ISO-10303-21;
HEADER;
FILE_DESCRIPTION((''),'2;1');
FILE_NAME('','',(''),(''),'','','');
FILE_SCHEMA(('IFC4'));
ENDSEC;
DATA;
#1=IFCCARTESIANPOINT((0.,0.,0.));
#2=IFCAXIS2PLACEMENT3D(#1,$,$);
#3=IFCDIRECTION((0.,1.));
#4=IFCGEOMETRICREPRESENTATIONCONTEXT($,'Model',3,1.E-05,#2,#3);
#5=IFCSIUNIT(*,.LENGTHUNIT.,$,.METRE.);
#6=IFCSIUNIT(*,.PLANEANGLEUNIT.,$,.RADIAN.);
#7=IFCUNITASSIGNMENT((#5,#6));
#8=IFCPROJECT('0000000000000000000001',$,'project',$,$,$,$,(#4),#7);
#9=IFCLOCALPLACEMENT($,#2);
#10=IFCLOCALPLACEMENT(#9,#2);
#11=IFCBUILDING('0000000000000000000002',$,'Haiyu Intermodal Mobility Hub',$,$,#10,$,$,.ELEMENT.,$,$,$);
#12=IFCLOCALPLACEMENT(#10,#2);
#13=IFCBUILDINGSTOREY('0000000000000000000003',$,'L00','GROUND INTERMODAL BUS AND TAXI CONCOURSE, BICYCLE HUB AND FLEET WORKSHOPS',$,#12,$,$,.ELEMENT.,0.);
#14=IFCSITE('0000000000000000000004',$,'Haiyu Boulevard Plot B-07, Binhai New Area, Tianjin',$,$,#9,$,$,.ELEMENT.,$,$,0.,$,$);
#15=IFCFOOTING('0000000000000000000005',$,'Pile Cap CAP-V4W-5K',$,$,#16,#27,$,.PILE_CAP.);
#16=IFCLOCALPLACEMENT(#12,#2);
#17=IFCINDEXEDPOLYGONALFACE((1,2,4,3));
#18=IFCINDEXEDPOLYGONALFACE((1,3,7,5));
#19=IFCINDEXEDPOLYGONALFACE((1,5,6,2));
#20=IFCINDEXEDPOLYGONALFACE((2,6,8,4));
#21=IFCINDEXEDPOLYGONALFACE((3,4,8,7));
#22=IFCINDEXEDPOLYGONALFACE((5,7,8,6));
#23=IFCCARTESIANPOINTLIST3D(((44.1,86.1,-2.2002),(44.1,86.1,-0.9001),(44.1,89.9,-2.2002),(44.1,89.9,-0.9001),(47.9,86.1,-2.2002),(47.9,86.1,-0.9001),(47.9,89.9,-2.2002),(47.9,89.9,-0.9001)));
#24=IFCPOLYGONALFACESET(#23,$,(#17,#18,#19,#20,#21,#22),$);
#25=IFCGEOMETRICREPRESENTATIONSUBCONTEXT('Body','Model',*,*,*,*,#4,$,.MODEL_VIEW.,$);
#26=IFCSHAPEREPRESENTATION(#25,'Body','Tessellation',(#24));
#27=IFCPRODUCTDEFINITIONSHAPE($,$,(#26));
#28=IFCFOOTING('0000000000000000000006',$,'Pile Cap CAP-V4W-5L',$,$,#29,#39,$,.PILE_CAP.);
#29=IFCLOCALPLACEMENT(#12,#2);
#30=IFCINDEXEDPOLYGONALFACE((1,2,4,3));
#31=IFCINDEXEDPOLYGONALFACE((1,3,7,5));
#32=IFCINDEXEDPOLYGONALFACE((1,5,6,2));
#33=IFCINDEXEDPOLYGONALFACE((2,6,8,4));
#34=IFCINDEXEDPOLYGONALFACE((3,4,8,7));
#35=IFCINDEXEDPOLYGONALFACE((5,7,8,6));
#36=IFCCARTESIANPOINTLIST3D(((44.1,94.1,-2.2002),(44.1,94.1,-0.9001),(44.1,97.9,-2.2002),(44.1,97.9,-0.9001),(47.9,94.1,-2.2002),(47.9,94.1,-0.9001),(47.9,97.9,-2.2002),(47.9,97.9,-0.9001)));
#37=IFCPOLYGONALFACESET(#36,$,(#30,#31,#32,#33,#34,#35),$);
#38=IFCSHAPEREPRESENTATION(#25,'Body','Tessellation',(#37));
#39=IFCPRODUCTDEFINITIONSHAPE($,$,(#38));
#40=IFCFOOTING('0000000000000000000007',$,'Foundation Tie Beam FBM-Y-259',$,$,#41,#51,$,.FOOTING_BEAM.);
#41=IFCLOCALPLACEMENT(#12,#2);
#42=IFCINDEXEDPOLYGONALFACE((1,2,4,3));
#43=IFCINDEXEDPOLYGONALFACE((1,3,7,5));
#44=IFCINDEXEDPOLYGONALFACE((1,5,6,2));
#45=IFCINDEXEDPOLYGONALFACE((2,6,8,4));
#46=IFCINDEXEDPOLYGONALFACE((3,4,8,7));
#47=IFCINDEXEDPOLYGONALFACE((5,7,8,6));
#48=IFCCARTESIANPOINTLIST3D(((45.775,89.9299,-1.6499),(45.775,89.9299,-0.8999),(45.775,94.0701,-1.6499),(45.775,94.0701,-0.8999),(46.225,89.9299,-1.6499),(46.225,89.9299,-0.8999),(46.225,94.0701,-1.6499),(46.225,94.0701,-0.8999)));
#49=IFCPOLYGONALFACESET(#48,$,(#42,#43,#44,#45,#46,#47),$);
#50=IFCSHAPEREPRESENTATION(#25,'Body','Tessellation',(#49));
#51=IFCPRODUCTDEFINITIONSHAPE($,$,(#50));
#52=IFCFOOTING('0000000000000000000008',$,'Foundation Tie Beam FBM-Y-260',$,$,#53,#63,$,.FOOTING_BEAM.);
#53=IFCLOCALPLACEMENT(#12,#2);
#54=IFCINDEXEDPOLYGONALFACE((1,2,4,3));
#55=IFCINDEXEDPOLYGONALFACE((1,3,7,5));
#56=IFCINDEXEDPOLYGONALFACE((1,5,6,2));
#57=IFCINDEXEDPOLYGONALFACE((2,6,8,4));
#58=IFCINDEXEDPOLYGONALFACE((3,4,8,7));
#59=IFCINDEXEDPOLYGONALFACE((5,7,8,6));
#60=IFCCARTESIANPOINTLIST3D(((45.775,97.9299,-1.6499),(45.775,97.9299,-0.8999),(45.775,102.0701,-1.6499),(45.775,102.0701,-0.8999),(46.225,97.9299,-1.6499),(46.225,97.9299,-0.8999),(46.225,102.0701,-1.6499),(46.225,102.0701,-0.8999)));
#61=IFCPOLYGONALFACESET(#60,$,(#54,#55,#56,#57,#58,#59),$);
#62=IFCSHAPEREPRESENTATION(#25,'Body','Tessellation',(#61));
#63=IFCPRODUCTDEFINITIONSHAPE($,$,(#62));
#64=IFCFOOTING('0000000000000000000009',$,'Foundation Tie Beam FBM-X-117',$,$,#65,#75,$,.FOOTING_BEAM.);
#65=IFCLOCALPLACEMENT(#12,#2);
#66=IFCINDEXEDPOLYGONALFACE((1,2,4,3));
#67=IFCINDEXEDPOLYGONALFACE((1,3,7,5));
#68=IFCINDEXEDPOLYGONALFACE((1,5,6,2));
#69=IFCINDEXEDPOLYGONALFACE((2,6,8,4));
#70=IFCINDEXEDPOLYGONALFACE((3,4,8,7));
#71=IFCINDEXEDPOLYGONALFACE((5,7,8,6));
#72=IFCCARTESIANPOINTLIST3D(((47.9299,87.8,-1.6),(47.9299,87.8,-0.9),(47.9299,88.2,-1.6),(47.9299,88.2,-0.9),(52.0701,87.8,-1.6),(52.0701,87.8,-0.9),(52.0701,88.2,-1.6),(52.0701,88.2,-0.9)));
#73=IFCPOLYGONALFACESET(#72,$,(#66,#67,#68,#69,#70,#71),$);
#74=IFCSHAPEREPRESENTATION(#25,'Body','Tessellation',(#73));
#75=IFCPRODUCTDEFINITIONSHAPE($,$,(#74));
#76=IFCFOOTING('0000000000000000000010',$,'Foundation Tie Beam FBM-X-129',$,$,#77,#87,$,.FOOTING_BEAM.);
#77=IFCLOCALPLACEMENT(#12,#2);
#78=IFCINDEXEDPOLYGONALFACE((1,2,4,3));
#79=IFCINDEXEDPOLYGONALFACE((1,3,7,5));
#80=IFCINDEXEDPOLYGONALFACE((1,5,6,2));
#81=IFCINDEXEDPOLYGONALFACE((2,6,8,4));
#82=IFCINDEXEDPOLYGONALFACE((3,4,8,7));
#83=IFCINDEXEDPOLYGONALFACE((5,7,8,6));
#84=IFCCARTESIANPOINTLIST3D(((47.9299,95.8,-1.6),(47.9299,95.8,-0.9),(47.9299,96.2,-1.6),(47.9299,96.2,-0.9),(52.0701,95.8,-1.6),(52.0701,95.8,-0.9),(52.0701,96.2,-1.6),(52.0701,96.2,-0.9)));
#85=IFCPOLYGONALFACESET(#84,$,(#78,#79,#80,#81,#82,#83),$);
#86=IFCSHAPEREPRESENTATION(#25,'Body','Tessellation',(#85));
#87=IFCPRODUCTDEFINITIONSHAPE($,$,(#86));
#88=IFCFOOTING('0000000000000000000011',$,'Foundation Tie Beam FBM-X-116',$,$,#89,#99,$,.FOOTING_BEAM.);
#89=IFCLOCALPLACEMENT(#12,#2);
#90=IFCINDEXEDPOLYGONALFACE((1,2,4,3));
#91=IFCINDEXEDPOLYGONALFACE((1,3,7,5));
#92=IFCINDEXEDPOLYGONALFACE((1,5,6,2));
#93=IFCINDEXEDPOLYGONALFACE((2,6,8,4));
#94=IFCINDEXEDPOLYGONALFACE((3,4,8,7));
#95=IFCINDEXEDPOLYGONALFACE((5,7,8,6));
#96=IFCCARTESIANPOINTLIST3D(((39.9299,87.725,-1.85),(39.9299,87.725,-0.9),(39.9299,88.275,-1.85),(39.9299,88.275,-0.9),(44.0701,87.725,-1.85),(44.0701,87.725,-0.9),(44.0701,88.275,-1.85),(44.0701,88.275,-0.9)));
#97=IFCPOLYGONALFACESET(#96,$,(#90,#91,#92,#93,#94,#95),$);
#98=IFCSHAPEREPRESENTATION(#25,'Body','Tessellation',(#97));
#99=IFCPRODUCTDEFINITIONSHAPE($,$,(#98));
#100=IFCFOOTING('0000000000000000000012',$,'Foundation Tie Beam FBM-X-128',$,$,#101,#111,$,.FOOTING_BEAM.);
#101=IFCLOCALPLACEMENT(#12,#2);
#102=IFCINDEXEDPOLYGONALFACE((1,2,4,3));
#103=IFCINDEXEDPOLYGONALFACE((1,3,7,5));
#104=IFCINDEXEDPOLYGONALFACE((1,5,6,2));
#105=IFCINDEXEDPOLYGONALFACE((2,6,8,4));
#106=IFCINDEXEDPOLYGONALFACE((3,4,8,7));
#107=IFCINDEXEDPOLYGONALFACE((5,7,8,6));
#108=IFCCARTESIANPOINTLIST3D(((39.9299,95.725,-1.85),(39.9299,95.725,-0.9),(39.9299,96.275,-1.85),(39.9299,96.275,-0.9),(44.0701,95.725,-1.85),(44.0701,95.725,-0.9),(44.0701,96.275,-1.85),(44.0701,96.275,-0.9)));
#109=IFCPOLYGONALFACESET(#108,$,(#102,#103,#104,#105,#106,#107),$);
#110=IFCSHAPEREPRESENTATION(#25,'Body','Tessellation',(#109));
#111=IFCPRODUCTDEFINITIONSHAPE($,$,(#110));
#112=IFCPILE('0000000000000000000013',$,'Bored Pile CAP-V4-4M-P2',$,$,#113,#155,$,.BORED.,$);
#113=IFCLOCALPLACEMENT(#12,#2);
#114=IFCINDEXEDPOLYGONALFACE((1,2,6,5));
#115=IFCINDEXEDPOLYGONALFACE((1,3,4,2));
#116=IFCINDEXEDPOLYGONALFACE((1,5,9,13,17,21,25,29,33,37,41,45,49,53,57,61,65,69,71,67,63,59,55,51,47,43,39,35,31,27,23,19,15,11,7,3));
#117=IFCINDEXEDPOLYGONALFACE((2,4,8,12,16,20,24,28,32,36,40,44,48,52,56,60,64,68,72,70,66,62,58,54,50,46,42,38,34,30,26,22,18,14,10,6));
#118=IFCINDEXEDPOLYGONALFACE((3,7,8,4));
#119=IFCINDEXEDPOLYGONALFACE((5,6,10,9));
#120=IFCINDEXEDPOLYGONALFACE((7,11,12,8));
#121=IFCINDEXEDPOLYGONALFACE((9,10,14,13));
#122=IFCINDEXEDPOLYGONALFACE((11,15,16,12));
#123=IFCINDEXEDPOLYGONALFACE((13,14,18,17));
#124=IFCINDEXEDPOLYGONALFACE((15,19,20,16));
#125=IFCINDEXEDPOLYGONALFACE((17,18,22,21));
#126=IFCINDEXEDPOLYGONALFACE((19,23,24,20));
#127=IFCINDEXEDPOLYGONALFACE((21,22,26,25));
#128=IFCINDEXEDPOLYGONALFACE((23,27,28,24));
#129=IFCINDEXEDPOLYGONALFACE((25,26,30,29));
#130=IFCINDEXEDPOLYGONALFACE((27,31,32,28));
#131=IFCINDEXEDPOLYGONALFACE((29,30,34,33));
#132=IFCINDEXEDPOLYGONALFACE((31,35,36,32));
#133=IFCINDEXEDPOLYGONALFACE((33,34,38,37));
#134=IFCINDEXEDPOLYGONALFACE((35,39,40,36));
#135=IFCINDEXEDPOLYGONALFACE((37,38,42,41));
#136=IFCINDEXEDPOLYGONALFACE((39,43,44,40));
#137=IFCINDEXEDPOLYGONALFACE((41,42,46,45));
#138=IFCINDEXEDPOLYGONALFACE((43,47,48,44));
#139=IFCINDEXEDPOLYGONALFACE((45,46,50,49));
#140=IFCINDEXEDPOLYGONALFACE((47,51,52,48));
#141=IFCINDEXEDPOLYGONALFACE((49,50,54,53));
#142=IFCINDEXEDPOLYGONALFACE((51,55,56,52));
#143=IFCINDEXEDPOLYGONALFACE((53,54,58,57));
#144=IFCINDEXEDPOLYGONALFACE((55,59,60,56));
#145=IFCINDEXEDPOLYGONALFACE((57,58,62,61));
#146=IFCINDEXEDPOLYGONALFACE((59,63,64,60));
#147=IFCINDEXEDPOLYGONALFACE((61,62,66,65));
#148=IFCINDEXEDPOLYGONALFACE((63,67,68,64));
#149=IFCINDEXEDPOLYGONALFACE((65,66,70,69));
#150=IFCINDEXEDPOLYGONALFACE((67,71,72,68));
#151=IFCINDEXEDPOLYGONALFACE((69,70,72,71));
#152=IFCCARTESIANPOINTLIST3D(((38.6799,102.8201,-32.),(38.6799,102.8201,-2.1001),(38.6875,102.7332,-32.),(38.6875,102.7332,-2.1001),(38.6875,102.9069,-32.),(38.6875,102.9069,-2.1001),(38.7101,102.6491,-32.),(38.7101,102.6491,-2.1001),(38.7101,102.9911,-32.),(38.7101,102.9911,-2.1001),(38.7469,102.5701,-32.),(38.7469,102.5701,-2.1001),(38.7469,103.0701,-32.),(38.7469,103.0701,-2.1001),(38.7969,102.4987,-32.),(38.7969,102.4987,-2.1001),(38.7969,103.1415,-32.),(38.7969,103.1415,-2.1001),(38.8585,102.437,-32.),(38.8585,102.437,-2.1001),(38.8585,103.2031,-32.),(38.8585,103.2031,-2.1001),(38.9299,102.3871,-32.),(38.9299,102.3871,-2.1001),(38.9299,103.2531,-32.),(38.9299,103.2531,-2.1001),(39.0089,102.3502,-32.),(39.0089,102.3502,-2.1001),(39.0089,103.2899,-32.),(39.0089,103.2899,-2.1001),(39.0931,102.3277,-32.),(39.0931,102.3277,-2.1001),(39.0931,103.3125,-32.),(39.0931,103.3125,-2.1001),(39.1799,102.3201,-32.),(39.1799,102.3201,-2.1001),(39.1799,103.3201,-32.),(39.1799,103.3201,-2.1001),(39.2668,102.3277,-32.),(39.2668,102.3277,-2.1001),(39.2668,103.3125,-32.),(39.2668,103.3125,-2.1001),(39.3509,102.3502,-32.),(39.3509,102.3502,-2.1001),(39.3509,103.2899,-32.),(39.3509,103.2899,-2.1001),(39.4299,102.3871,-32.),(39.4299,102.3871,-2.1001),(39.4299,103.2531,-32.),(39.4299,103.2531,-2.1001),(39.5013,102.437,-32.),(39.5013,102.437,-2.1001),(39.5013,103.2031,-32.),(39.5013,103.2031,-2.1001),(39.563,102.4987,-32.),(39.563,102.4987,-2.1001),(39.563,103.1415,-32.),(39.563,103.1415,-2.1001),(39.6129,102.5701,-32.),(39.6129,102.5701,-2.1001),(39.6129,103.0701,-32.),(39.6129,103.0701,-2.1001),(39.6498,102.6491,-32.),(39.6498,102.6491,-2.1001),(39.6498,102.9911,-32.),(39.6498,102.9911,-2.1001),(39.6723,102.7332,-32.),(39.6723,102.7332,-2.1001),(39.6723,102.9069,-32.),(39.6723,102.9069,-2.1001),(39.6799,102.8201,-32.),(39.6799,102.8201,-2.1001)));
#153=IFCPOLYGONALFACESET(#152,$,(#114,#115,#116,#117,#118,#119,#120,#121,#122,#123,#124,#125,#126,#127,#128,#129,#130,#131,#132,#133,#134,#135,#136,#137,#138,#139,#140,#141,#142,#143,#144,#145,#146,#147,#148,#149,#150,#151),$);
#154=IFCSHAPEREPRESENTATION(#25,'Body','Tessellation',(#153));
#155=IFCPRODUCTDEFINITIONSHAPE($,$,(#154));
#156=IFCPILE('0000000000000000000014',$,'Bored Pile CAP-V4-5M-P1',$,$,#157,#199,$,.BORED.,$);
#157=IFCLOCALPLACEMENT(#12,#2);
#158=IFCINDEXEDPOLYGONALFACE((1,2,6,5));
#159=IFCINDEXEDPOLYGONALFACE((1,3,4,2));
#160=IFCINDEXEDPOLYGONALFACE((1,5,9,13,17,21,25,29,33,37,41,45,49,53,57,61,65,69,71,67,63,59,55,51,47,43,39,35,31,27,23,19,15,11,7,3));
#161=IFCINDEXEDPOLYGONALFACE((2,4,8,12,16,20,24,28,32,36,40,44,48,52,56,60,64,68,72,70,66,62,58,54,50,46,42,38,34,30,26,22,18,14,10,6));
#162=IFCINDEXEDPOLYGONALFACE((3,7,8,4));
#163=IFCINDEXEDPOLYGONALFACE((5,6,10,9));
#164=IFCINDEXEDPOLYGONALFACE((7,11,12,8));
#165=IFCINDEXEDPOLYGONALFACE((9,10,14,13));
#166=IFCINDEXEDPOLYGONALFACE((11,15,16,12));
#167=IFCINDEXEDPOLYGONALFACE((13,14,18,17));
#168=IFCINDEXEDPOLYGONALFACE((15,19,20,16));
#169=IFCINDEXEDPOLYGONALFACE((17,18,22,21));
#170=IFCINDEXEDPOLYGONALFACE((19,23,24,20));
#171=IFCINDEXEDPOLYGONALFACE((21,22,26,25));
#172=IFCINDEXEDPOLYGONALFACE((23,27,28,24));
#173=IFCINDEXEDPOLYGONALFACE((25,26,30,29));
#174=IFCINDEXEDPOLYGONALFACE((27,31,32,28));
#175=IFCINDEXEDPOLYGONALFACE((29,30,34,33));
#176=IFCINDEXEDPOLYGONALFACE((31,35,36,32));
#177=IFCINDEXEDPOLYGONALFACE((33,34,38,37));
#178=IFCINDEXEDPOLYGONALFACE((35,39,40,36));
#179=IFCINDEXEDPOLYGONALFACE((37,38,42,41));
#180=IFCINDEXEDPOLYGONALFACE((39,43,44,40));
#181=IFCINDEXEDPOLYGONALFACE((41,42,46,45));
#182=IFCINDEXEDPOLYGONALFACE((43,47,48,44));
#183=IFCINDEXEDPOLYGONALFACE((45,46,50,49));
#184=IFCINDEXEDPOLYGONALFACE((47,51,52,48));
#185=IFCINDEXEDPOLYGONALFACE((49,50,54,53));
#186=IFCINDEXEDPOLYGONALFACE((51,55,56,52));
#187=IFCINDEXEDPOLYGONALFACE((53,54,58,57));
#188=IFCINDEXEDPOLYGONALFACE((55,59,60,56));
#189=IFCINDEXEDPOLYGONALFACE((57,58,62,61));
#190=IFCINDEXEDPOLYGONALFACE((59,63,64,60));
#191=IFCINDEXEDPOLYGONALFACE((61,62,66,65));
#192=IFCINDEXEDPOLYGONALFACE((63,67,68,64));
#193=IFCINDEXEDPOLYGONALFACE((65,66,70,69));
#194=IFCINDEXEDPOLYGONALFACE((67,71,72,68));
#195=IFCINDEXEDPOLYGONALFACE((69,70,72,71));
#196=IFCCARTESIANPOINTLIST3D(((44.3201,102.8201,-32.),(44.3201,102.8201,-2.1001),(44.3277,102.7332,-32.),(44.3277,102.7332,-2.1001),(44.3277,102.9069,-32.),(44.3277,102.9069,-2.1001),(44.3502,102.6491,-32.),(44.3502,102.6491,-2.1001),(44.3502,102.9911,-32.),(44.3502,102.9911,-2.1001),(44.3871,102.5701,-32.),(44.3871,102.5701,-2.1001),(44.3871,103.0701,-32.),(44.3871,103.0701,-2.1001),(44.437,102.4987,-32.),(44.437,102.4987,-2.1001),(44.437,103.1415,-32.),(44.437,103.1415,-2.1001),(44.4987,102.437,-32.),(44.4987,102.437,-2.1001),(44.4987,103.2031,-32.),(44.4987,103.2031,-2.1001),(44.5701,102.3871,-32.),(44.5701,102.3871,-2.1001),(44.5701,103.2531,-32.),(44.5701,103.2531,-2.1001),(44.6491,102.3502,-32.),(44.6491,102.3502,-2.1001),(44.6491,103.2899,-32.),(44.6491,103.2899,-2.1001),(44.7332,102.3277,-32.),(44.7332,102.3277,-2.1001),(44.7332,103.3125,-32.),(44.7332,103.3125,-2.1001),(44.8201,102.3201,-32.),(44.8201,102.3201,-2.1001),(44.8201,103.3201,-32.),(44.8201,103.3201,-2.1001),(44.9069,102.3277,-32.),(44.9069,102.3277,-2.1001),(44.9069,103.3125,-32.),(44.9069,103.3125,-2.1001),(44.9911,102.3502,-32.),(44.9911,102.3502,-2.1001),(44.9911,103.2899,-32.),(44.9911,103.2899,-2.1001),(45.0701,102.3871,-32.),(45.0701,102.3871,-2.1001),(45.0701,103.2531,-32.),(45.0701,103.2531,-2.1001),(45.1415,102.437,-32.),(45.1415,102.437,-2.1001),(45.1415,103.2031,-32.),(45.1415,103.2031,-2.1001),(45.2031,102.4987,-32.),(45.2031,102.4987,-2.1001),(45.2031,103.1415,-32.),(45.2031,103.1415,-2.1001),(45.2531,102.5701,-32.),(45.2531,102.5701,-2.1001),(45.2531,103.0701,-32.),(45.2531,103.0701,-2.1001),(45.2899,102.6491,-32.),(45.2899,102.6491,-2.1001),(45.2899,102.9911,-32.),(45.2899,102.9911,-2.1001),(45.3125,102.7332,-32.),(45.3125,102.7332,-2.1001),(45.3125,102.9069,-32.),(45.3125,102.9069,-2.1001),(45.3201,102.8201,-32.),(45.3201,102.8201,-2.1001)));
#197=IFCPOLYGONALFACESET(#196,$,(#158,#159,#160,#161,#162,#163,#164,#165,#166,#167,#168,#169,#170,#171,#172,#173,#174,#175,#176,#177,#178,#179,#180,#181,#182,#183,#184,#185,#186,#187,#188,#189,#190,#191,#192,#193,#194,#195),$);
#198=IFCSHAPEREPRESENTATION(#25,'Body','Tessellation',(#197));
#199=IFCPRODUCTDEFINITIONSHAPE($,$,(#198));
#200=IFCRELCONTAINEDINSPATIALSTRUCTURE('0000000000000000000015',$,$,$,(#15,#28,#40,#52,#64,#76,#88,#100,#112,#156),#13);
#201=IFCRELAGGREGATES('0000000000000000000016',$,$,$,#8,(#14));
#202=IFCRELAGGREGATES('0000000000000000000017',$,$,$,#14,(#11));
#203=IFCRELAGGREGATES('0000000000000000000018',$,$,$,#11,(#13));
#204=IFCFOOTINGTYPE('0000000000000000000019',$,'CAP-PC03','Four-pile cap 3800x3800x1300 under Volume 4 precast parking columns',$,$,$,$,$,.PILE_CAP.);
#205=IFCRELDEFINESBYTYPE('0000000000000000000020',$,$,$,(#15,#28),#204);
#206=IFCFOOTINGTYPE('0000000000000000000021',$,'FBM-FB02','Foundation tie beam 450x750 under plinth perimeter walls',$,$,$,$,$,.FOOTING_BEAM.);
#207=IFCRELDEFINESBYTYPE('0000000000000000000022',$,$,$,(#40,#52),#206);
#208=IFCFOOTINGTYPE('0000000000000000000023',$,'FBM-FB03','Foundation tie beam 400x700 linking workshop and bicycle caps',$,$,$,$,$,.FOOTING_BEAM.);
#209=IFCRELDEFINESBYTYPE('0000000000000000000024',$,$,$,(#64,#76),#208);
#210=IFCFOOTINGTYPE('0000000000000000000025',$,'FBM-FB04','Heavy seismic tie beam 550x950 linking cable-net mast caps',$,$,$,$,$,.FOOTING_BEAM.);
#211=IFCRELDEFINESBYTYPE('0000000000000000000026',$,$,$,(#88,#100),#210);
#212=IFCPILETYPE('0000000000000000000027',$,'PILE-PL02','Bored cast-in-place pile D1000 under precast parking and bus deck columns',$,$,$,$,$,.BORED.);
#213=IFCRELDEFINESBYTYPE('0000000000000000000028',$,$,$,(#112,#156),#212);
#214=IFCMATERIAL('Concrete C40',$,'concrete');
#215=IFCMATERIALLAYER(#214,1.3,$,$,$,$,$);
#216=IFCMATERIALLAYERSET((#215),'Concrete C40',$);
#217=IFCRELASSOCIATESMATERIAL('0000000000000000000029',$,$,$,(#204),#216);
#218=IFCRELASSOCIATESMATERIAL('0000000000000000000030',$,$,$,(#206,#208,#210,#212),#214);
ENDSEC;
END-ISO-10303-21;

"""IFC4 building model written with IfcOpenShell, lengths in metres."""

from ifc_helpers import new_model, si_unit, direction, frame, origin, origin_2d, place, context, subcontext, project, spatial, rectangle, circle, extrude, material, layer, layer_set, material_profile, profile_set, type_object, element, save


model = new_model("IFC4")

# Units and contexts
model_context = context("Model", 3, precision=1e-05, world=origin(), true_north=direction((0.0, 1.0)))
body_context = subcontext(model_context, "Body", "Model", "MODEL_VIEW")
ifc_project = project(units=[si_unit("LENGTHUNIT", "METRE"), si_unit("PLANEANGLEUNIT", "RADIAN")], contexts=[model_context])

# Site, building, storey
site_placement = place(None, origin())
site = spatial("IfcSite", under=ifc_project, at=site_placement, Name="Haiyu Boulevard Plot B-07, Binhai New Area, Tianjin", CompositionType="ELEMENT", RefElevation=0.0)
building_placement = place(site_placement, origin())
building = spatial("IfcBuilding", under=site, at=building_placement, Name="Haiyu Intermodal Mobility Hub", CompositionType="ELEMENT")
storey_placement = place(building_placement, origin())
storey = spatial("IfcBuildingStorey", under=building, at=storey_placement, Name="L00", Description="GROUND INTERMODAL BUS AND TAXI CONCOURSE, BICYCLE HUB AND FLEET WORKSHOPS", CompositionType="ELEMENT", Elevation=0.0)

# Footings
ifc_material_1 = material(Name="Concrete C40", Category="concrete")
ifc_layer = layer(ifc_material_1, 1.3)
ifc_layer_set = layer_set([ifc_layer], Name="Concrete C40")
footing_type_1 = type_object("IfcFootingType", Name="CAP-PC03", Description="Four-pile cap 3800x3800x1300 under Volume 4 precast parking columns", PredefinedType="PILE_CAP", material=ifc_layer_set)
for number, where, z_axis, x_axis, name in (
    (1, (46.0, 88.0, -2.2002), (0.0, 0.0, 1.0), (1.0, 0.0, 0.0), "Pile Cap CAP-V4W-5K"),
    (2, (46.0, 96.0, -2.2002), (0.0, 0.0, 1.0), (1.0, 0.0, 0.0), "Pile Cap CAP-V4W-5L"),
):
    element("IfcFooting", number, at=place(storey_placement, frame(where, z_axis=z_axis, x_axis=x_axis)), inside=storey, type_object=footing_type_1, Name=name, PredefinedType="PILE_CAP", context=body_context, shape_type="SweptSolid", body=[
        extrude(rectangle(XDim=3.8, YDim=3.8, at=origin_2d()), origin(), (0.0, 0.0, 1.0), 1.3),
    ])
ifc_material_profile_1 = material_profile(ifc_material_1, rectangle(XDim=0.45, YDim=0.75, at=origin_2d()), Name="FB450x750")
ifc_profile_set_1 = profile_set([ifc_material_profile_1], Name="Concrete C40")
footing_type_2 = type_object("IfcFootingType", Name="FBM-FB02", Description="Foundation tie beam 450x750 under plinth perimeter walls", PredefinedType="FOOTING_BEAM", material=ifc_profile_set_1)
for number, where, z_axis, x_axis, name in (
    (3, (46.0, 89.9299, -1.2749), (0.0, 1.0, 0.0), (-1.0, 0.0, 0.0), "Foundation Tie Beam FBM-Y-259"),
    (4, (46.0, 97.9299, -1.2749), (0.0, 1.0, 0.0), (-1.0, 0.0, 0.0), "Foundation Tie Beam FBM-Y-260"),
):
    element("IfcFooting", number, at=place(storey_placement, frame(where, z_axis=z_axis, x_axis=x_axis)), inside=storey, type_object=footing_type_2, Name=name, PredefinedType="FOOTING_BEAM", context=body_context, shape_type="SweptSolid", body=[
        extrude(rectangle(XDim=0.45, YDim=0.75, at=origin_2d()), origin(), (0.0, 0.0, 1.0), 4.1401),
    ])
ifc_material_profile_2 = material_profile(ifc_material_1, rectangle(XDim=0.3999, YDim=0.7, at=origin_2d()), Name="FB400x700")
ifc_profile_set_2 = profile_set([ifc_material_profile_2], Name="Concrete C40")
footing_type_3 = type_object("IfcFootingType", Name="FBM-FB03", Description="Foundation tie beam 400x700 linking workshop and bicycle caps", PredefinedType="FOOTING_BEAM", material=ifc_profile_set_2)
for number, where, z_axis, x_axis, name in (
    (5, (47.9299, 88.0, -1.25), (1.0, 0.0, 0.0), (0.0, 1.0, 0.0), "Foundation Tie Beam FBM-X-117"),
    (6, (47.9299, 96.0, -1.25), (1.0, 0.0, 0.0), (0.0, 1.0, 0.0), "Foundation Tie Beam FBM-X-129"),
):
    element("IfcFooting", number, at=place(storey_placement, frame(where, z_axis=z_axis, x_axis=x_axis)), inside=storey, type_object=footing_type_3, Name=name, PredefinedType="FOOTING_BEAM", context=body_context, shape_type="SweptSolid", body=[
        extrude(rectangle(XDim=0.3999, YDim=0.7, at=origin_2d()), origin(), (0.0, 0.0, 1.0), 4.1401),
    ])
ifc_material_profile_3 = material_profile(ifc_material_1, rectangle(XDim=0.55, YDim=0.95, at=origin_2d()), Name="FB550x950")
ifc_profile_set_3 = profile_set([ifc_material_profile_3], Name="Concrete C40")
footing_type_4 = type_object("IfcFootingType", Name="FBM-FB04", Description="Heavy seismic tie beam 550x950 linking cable-net mast caps", PredefinedType="FOOTING_BEAM", material=ifc_profile_set_3)
for number, where, z_axis, x_axis, name in (
    (7, (39.9299, 88.0, -1.375), (1.0, 0.0, 0.0), (0.0, 1.0, 0.0), "Foundation Tie Beam FBM-X-116"),
    (8, (39.9299, 96.0, -1.375), (1.0, 0.0, 0.0), (0.0, 1.0, 0.0), "Foundation Tie Beam FBM-X-128"),
):
    element("IfcFooting", number, at=place(storey_placement, frame(where, z_axis=z_axis, x_axis=x_axis)), inside=storey, type_object=footing_type_4, Name=name, PredefinedType="FOOTING_BEAM", context=body_context, shape_type="SweptSolid", body=[
        extrude(rectangle(XDim=0.55, YDim=0.95, at=origin_2d()), origin(), (0.0, 0.0, 1.0), 4.1401),
    ])

# Piles
ifc_material_profile_4 = material_profile(ifc_material_1, circle(Radius=0.5, at=origin_2d()), Name="PILE-D1000")
ifc_profile_set_4 = profile_set([ifc_material_profile_4], Name="Concrete C40")
pile_type = type_object("IfcPileType", Name="PILE-PL02", Description="Bored cast-in-place pile D1000 under precast parking and bus deck columns", PredefinedType="BORED", material=ifc_profile_set_4)
for number, where, z_axis, x_axis, name in (
    (9, (39.1799, 102.8201, -2.1001), (0.0, 0.0, -1.0), (1.0, 0.0, 0.0), "Bored Pile CAP-V4-4M-P2"),
    (10, (44.8201, 102.8201, -2.1001), (0.0, 0.0, -1.0), (1.0, 0.0, 0.0), "Bored Pile CAP-V4-5M-P1"),
):
    element("IfcPile", number, at=place(storey_placement, frame(where, z_axis=z_axis, x_axis=x_axis)), inside=storey, type_object=pile_type, Name=name, PredefinedType="BORED", context=body_context, shape_type="SweptSolid", body=[
        extrude(circle(Radius=0.5, at=origin_2d()), origin(), (0.0, 0.0, 1.0), 29.8999),
    ])

save(model, "model.ifc")
